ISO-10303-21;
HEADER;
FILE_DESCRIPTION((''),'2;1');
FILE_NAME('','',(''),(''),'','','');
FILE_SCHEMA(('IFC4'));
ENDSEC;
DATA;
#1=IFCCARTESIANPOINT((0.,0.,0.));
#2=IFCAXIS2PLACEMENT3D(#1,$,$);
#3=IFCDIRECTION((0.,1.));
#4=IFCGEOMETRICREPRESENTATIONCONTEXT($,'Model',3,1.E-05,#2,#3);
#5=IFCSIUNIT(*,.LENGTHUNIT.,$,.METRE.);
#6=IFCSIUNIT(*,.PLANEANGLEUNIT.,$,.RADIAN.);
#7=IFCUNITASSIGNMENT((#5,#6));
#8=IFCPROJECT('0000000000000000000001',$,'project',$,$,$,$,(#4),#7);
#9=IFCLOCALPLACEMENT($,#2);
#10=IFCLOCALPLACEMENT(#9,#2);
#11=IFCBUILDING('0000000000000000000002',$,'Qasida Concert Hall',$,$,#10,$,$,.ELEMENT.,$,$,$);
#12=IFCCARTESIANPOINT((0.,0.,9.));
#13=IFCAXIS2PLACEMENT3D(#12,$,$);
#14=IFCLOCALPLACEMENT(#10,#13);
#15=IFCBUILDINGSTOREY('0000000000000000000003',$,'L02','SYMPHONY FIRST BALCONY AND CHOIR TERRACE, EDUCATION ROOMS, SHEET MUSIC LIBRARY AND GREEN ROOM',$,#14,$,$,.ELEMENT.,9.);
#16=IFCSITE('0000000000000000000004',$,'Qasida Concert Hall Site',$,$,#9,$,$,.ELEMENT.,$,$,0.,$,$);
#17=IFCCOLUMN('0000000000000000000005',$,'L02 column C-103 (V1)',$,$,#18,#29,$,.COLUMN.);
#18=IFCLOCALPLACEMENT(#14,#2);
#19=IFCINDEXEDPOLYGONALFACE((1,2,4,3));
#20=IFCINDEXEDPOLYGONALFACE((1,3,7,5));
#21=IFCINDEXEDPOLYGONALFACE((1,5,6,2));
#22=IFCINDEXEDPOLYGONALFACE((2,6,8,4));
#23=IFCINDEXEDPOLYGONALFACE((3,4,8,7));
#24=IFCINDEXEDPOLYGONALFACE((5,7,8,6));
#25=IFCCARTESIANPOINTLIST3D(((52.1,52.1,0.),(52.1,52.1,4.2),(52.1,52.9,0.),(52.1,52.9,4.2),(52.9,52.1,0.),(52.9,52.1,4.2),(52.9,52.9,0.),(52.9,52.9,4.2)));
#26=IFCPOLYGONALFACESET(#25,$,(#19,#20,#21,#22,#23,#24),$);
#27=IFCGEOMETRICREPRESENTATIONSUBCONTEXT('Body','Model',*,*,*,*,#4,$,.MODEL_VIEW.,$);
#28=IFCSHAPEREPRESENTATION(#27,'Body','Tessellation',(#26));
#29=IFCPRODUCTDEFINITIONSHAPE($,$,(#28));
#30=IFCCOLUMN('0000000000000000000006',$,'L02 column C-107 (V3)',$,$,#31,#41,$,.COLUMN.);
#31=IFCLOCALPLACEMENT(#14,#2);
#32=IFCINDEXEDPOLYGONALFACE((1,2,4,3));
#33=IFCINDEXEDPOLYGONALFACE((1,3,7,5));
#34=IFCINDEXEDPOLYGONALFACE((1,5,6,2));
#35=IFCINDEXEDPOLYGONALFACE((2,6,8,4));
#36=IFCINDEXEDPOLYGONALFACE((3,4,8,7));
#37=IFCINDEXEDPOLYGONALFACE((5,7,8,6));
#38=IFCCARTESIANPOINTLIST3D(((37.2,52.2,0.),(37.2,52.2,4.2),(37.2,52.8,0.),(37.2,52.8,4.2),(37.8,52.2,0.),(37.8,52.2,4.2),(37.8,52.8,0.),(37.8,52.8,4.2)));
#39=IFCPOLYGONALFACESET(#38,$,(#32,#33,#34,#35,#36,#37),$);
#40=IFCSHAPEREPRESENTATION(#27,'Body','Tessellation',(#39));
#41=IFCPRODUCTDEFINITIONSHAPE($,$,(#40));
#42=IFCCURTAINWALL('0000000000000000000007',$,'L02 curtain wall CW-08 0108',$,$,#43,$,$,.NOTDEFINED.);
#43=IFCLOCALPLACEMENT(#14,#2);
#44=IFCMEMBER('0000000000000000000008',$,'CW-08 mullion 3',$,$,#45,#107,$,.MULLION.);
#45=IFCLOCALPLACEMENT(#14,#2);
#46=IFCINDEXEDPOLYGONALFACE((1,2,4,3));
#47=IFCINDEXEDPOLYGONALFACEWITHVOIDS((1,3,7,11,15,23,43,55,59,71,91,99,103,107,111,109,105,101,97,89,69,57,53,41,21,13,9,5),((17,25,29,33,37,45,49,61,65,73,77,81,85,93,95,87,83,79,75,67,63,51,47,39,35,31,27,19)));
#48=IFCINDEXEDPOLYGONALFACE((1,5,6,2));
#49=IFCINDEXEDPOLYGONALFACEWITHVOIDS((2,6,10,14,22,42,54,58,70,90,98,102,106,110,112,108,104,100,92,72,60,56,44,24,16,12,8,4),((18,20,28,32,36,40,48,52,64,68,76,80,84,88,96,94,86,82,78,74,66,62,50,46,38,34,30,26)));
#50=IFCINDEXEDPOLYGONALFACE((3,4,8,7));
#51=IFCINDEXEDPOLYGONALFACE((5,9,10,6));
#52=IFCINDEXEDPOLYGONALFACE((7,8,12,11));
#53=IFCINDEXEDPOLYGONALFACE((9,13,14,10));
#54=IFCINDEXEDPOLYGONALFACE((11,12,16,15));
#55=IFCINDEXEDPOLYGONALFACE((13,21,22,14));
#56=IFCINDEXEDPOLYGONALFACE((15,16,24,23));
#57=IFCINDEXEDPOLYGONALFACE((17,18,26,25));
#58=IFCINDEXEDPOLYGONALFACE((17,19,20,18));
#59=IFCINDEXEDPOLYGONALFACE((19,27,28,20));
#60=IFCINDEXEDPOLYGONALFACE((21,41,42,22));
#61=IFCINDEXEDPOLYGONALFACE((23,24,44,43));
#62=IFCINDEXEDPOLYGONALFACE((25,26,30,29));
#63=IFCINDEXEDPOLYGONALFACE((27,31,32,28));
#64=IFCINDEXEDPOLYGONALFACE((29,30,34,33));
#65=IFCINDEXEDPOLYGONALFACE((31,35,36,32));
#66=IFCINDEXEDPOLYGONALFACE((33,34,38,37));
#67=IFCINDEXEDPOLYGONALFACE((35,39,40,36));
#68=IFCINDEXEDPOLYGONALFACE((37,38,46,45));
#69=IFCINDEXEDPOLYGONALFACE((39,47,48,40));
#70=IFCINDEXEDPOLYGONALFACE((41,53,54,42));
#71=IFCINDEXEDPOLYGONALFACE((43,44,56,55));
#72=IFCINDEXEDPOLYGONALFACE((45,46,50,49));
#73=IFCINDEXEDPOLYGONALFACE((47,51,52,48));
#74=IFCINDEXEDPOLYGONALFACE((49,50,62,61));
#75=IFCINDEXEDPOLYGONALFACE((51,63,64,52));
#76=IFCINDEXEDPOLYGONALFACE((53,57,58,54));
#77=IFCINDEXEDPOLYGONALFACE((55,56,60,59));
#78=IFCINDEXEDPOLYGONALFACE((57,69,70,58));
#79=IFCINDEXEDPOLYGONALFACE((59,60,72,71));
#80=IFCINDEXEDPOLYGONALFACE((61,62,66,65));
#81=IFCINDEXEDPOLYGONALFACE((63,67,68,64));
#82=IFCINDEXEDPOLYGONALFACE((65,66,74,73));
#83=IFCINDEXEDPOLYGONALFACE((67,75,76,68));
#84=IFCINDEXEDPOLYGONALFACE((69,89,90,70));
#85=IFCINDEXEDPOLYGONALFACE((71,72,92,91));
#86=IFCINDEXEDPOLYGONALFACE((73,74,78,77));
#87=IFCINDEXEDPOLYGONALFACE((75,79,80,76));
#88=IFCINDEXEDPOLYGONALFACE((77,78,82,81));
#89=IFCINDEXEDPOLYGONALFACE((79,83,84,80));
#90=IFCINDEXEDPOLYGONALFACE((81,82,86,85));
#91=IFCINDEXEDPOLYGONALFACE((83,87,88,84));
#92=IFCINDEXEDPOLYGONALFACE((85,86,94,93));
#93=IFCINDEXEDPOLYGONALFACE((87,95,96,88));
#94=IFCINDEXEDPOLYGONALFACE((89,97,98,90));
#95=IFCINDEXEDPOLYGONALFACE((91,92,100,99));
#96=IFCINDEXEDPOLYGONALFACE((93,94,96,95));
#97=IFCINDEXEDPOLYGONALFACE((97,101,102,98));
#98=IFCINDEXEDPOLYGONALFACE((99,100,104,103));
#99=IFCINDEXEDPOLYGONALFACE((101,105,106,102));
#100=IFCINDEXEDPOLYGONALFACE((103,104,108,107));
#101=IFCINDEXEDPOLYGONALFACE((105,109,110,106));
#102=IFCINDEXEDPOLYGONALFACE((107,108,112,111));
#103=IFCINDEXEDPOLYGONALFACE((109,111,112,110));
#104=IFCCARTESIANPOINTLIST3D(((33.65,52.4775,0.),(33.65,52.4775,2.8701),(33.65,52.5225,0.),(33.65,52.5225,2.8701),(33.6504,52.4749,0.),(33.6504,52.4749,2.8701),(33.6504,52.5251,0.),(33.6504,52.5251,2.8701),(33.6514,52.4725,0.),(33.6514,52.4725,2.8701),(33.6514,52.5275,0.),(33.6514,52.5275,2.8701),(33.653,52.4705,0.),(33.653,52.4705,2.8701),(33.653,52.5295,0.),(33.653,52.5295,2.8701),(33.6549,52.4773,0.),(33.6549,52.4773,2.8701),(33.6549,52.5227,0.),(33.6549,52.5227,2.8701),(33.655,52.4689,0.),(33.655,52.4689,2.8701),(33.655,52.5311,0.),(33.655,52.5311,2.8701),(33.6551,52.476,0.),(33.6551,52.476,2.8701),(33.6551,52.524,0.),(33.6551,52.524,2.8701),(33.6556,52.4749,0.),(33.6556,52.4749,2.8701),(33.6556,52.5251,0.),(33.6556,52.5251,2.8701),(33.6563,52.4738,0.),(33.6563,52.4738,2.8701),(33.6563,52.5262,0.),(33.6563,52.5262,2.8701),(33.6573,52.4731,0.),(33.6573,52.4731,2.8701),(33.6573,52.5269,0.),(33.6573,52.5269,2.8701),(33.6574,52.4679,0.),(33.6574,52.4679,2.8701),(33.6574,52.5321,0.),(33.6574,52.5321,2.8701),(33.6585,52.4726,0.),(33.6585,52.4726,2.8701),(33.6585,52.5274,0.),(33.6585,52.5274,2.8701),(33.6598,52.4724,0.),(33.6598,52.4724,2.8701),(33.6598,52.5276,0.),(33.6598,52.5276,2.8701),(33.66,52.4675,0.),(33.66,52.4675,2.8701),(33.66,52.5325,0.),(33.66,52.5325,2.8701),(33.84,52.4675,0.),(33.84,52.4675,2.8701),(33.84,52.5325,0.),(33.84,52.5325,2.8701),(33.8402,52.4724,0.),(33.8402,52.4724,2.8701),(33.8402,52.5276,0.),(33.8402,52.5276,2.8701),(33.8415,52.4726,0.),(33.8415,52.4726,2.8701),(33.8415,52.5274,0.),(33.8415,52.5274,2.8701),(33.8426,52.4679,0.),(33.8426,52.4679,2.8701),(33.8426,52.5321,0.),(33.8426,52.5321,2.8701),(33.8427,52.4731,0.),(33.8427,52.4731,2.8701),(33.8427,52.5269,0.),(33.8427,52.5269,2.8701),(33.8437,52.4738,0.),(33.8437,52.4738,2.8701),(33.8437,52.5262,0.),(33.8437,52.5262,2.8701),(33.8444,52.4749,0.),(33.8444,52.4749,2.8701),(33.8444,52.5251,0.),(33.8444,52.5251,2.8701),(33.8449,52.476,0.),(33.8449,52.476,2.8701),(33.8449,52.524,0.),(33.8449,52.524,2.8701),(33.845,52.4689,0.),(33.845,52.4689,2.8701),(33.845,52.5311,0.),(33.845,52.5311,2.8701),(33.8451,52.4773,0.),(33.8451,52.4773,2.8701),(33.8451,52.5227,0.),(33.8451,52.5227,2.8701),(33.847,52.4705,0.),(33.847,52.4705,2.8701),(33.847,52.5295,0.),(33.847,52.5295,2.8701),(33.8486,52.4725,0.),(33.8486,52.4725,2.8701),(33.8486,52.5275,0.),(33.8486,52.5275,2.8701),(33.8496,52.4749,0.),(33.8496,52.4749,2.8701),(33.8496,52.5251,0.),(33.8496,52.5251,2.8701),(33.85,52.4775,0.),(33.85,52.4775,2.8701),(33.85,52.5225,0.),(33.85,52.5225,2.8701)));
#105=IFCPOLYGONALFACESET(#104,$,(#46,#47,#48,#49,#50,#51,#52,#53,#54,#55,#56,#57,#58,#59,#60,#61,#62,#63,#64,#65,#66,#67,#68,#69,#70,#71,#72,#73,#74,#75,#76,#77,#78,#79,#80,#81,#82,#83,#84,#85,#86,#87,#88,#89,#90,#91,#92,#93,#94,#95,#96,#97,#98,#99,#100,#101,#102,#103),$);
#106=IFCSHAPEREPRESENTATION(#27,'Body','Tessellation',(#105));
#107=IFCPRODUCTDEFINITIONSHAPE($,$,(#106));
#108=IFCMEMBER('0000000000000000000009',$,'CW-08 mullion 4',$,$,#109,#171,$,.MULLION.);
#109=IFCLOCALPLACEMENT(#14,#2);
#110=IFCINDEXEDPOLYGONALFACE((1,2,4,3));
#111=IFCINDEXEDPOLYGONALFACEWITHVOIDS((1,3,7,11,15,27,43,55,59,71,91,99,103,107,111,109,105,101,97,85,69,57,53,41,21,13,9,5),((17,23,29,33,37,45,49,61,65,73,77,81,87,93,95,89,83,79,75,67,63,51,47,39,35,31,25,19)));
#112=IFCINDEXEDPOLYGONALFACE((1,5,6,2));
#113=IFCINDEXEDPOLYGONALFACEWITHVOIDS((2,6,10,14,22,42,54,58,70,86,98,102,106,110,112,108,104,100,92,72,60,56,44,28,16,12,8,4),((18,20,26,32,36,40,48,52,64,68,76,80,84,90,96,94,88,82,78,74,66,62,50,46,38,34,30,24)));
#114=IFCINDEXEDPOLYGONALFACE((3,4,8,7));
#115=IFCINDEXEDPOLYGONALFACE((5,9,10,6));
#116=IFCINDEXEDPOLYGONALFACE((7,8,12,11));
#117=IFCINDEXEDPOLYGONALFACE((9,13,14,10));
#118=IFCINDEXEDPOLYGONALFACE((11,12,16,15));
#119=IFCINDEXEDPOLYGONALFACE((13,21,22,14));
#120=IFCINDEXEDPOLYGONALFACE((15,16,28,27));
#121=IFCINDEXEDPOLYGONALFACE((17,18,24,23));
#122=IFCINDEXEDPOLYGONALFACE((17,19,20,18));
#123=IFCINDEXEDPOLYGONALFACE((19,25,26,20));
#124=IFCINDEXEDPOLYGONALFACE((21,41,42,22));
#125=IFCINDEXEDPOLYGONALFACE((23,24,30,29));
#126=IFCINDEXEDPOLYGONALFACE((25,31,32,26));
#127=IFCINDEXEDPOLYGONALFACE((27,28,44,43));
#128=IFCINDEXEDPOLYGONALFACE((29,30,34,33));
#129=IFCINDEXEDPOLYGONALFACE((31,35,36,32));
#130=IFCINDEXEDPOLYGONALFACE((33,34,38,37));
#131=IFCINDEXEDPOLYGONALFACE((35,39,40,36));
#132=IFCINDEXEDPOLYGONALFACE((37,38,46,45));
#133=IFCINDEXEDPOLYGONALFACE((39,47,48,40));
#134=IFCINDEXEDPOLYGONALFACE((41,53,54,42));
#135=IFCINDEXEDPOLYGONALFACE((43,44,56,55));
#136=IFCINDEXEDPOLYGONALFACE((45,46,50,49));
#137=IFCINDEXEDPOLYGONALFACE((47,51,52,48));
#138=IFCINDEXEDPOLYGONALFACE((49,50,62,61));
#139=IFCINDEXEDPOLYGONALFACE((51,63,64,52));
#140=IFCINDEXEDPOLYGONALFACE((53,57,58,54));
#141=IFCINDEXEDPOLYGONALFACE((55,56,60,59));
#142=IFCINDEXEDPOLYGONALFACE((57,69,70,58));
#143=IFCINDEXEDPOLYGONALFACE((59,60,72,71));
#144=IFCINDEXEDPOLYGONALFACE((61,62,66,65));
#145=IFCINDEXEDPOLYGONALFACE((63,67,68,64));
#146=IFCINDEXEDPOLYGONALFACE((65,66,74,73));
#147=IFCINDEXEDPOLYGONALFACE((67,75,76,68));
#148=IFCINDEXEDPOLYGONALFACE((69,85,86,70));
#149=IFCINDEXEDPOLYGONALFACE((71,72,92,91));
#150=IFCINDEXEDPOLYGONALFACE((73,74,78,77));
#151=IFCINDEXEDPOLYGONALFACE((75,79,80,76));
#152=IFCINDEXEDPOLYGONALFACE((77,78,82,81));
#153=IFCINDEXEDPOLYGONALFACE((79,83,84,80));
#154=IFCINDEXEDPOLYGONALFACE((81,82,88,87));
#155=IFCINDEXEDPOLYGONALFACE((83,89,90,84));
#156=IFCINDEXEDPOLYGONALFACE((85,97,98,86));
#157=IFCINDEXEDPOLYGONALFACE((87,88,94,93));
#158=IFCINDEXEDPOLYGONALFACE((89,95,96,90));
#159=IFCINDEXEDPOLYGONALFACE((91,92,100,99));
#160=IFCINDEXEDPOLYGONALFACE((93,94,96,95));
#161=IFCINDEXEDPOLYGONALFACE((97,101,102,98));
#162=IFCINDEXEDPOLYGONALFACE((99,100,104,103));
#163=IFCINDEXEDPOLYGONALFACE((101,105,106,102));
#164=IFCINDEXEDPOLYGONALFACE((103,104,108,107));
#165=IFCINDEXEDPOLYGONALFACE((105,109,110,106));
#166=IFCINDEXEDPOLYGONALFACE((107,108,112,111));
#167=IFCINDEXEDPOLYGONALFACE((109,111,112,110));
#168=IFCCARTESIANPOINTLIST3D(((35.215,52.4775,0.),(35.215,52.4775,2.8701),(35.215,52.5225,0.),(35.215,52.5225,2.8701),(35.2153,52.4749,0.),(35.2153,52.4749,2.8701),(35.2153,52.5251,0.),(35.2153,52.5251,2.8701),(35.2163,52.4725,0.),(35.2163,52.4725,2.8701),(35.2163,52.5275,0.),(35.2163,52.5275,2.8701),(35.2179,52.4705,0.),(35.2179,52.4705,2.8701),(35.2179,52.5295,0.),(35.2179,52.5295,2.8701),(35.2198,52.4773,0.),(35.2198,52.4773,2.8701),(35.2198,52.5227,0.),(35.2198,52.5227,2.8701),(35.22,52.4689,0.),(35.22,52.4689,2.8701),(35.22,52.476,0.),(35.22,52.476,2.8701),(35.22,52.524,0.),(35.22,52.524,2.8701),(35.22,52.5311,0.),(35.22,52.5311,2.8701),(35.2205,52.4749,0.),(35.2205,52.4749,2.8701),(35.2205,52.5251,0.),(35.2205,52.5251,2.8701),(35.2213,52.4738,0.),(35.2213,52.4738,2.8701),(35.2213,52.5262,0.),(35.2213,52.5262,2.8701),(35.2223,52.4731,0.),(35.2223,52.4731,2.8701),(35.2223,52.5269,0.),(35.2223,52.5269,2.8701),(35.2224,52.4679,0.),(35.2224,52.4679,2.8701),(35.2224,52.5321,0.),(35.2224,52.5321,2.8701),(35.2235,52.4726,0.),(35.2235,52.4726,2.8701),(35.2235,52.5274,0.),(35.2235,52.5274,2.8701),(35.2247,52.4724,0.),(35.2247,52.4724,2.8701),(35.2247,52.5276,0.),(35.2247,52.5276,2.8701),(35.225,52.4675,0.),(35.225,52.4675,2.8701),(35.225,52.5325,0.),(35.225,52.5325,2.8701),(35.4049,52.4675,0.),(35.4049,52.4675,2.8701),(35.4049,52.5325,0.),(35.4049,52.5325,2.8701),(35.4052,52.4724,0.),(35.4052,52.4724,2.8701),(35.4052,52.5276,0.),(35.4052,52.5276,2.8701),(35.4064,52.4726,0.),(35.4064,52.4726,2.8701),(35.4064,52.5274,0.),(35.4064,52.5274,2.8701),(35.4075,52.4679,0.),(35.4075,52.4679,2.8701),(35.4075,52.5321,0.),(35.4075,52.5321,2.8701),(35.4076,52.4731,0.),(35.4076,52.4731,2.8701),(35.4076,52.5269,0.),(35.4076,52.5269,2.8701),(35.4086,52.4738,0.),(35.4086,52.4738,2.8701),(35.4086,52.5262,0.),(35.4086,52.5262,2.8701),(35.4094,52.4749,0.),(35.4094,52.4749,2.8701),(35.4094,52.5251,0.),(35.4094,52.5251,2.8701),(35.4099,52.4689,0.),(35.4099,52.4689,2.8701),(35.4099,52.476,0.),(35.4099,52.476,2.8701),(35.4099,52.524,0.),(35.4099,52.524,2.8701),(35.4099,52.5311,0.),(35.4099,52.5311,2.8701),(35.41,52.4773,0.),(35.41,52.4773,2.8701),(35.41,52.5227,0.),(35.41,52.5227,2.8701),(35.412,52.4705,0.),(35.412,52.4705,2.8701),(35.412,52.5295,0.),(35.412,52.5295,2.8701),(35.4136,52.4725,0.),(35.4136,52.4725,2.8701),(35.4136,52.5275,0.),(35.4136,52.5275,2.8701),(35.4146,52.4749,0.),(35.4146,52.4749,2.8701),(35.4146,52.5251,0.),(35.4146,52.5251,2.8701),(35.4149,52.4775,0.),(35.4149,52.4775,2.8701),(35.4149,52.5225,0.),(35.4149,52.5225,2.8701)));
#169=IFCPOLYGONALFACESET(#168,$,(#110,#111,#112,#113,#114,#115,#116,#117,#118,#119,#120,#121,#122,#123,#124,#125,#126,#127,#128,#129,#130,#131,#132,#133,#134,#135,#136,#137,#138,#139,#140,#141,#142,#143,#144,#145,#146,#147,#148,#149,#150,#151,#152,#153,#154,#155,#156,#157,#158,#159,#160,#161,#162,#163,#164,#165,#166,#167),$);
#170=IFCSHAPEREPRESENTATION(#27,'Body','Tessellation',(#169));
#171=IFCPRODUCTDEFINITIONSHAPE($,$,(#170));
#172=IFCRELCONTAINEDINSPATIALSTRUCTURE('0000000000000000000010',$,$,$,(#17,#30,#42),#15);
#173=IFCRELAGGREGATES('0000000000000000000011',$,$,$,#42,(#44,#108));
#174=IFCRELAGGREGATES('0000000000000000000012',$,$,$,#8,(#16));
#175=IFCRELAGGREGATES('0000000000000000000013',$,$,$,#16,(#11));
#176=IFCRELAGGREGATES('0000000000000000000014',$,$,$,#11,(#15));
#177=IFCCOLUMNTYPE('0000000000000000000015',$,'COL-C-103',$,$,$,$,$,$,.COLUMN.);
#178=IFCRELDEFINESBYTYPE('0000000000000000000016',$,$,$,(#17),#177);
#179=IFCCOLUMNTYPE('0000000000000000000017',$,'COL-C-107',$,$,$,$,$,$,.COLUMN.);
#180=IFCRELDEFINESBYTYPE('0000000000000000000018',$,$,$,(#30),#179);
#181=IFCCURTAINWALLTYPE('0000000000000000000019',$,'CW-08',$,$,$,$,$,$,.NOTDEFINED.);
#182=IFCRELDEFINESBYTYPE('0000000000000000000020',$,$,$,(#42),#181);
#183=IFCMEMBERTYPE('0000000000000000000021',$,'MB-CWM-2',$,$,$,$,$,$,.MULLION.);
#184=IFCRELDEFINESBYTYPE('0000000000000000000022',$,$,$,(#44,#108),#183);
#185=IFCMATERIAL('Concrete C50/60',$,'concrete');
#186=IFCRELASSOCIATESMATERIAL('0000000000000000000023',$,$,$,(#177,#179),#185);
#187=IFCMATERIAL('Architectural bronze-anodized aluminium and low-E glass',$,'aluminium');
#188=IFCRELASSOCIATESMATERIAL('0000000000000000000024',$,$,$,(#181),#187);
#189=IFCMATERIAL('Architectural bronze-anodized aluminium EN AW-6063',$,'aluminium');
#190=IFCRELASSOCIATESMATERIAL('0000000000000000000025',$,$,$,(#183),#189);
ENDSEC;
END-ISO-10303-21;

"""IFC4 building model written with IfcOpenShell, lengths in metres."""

from ifc_helpers import new_model, si_unit, direction, frame, origin, origin_2d, place, context, subcontext, project, spatial, rectangle, hollow_rectangle, extrude, material, material_profile, profile_set, type_object, element, aggregate, save


model = new_model("IFC4")

# Units and contexts
model_context = context("Model", 3, precision=1e-05, world=origin(), true_north=direction((0.0, 1.0)))
body_context = subcontext(model_context, "Body", "Model", "MODEL_VIEW")
ifc_project = project(units=[si_unit("LENGTHUNIT", "METRE"), si_unit("PLANEANGLEUNIT", "RADIAN")], contexts=[model_context])

# Site, building, storey
site_placement = place(None, origin())
site = spatial("IfcSite", under=ifc_project, at=site_placement, Name="Qasida Concert Hall Site", CompositionType="ELEMENT", RefElevation=0.0)
building_placement = place(site_placement, origin())
building = spatial("IfcBuilding", under=site, at=building_placement, Name="Qasida Concert Hall", CompositionType="ELEMENT")
storey_placement = place(building_placement, frame((0.0, 0.0, 9.0)))
storey = spatial("IfcBuildingStorey", under=building, at=storey_placement, Name="L02", Description="SYMPHONY FIRST BALCONY AND CHOIR TERRACE, EDUCATION ROOMS, SHEET MUSIC LIBRARY AND GREEN ROOM", CompositionType="ELEMENT", Elevation=9.0)

# Columns
ifc_material_1 = material(Name="Concrete C50/60", Category="concrete")
ifc_material_profile_1 = material_profile(ifc_material_1, rectangle(XDim=0.8, YDim=0.8, at=origin_2d()), Name="RC 800x800")
ifc_profile_set_1 = profile_set([ifc_material_profile_1], Name="Concrete C50/60")
column_type_1 = type_object("IfcColumnType", Name="COL-C-103", PredefinedType="COLUMN", material=ifc_profile_set_1)
column_1_placement = place(storey_placement, frame((52.5, 52.5, 0.0), z_axis=(0.0, 0.0, 1.0), x_axis=(1.0, 0.0, 0.0)))
element("IfcColumn", 1, at=column_1_placement, inside=storey, type_object=column_type_1, Name="L02 column C-103 (V1)", PredefinedType="COLUMN", context=body_context, shape_type="SweptSolid", body=[
    extrude(rectangle(XDim=0.8, YDim=0.8, at=origin_2d()), origin(), (0.0, 0.0, 1.0), 4.2),
])
ifc_material_profile_2 = material_profile(ifc_material_1, rectangle(XDim=0.6001, YDim=0.6001, at=origin_2d()), Name="RC 600x600")
ifc_profile_set_2 = profile_set([ifc_material_profile_2], Name="Concrete C50/60")
column_type_2 = type_object("IfcColumnType", Name="COL-C-107", PredefinedType="COLUMN", material=ifc_profile_set_2)
column_2_placement = place(storey_placement, frame((37.5, 52.5, 0.0), z_axis=(0.0, 0.0, 1.0), x_axis=(1.0, 0.0, 0.0)))
element("IfcColumn", 2, at=column_2_placement, inside=storey, type_object=column_type_2, Name="L02 column C-107 (V3)", PredefinedType="COLUMN", context=body_context, shape_type="SweptSolid", body=[
    extrude(rectangle(XDim=0.6001, YDim=0.6001, at=origin_2d()), origin(), (0.0, 0.0, 1.0), 4.2),
])

# Curtain wall, members
ifc_material_2 = material(Name="Architectural bronze-anodized aluminium and low-E glass", Category="aluminium")
curtain_wall_type = type_object("IfcCurtainWallType", Name="CW-08", PredefinedType="NOTDEFINED", material=ifc_material_2)
curtain_wall_placement = place(storey_placement, origin())
curtain_wall = element("IfcCurtainWall", 3, at=curtain_wall_placement, inside=storey, type_object=curtain_wall_type, Name="L02 curtain wall CW-08 0108", PredefinedType="NOTDEFINED")
ifc_material_3 = material(Name="Architectural bronze-anodized aluminium EN AW-6063", Category="aluminium")
ifc_material_profile_3 = material_profile(ifc_material_3, hollow_rectangle(XDim=0.0649, YDim=0.2, WallThickness=0.0049, InnerFilletRadius=0.0049, OuterFilletRadius=0.01, at=origin_2d()), Name="CWM 200x65x5")
ifc_profile_set_3 = profile_set([ifc_material_profile_3], Name="Architectural bronze-anodized aluminium EN AW-6063")
member_type_1 = type_object("IfcMemberType", Name="MB-CWM-2", PredefinedType="MULLION", material=ifc_profile_set_3)
member_1_placement = place(storey_placement, frame((33.75, 52.5, 0.0), z_axis=(0.0, 0.0, 1.0), x_axis=(0.0, 1.0, 0.0)))
member_1 = element("IfcMember", 4, at=member_1_placement, type_object=member_type_1, Name="CW-08 mullion 3", PredefinedType="MULLION", context=body_context, shape_type="SweptSolid", body=[
    extrude(hollow_rectangle(XDim=0.0649, YDim=0.2, WallThickness=0.0049, InnerFilletRadius=0.0049, OuterFilletRadius=0.01, at=origin_2d()), origin(), (0.0, 0.0, 1.0), 2.8701),
])
member_2_placement = place(storey_placement, frame((35.3149, 52.5, 0.0), z_axis=(0.0, 0.0, 1.0), x_axis=(0.0, 1.0, 0.0)))
member_2 = element("IfcMember", 5, at=member_2_placement, type_object=member_type_1, Name="CW-08 mullion 4", PredefinedType="MULLION", context=body_context, shape_type="SweptSolid", body=[
    extrude(hollow_rectangle(XDim=0.0649, YDim=0.2, WallThickness=0.0049, InnerFilletRadius=0.0049, OuterFilletRadius=0.01, at=origin_2d()), origin(), (0.0, 0.0, 1.0), 2.8701),
])
aggregate(curtain_wall, [member_1, member_2])

save(model, "model.ifc")
